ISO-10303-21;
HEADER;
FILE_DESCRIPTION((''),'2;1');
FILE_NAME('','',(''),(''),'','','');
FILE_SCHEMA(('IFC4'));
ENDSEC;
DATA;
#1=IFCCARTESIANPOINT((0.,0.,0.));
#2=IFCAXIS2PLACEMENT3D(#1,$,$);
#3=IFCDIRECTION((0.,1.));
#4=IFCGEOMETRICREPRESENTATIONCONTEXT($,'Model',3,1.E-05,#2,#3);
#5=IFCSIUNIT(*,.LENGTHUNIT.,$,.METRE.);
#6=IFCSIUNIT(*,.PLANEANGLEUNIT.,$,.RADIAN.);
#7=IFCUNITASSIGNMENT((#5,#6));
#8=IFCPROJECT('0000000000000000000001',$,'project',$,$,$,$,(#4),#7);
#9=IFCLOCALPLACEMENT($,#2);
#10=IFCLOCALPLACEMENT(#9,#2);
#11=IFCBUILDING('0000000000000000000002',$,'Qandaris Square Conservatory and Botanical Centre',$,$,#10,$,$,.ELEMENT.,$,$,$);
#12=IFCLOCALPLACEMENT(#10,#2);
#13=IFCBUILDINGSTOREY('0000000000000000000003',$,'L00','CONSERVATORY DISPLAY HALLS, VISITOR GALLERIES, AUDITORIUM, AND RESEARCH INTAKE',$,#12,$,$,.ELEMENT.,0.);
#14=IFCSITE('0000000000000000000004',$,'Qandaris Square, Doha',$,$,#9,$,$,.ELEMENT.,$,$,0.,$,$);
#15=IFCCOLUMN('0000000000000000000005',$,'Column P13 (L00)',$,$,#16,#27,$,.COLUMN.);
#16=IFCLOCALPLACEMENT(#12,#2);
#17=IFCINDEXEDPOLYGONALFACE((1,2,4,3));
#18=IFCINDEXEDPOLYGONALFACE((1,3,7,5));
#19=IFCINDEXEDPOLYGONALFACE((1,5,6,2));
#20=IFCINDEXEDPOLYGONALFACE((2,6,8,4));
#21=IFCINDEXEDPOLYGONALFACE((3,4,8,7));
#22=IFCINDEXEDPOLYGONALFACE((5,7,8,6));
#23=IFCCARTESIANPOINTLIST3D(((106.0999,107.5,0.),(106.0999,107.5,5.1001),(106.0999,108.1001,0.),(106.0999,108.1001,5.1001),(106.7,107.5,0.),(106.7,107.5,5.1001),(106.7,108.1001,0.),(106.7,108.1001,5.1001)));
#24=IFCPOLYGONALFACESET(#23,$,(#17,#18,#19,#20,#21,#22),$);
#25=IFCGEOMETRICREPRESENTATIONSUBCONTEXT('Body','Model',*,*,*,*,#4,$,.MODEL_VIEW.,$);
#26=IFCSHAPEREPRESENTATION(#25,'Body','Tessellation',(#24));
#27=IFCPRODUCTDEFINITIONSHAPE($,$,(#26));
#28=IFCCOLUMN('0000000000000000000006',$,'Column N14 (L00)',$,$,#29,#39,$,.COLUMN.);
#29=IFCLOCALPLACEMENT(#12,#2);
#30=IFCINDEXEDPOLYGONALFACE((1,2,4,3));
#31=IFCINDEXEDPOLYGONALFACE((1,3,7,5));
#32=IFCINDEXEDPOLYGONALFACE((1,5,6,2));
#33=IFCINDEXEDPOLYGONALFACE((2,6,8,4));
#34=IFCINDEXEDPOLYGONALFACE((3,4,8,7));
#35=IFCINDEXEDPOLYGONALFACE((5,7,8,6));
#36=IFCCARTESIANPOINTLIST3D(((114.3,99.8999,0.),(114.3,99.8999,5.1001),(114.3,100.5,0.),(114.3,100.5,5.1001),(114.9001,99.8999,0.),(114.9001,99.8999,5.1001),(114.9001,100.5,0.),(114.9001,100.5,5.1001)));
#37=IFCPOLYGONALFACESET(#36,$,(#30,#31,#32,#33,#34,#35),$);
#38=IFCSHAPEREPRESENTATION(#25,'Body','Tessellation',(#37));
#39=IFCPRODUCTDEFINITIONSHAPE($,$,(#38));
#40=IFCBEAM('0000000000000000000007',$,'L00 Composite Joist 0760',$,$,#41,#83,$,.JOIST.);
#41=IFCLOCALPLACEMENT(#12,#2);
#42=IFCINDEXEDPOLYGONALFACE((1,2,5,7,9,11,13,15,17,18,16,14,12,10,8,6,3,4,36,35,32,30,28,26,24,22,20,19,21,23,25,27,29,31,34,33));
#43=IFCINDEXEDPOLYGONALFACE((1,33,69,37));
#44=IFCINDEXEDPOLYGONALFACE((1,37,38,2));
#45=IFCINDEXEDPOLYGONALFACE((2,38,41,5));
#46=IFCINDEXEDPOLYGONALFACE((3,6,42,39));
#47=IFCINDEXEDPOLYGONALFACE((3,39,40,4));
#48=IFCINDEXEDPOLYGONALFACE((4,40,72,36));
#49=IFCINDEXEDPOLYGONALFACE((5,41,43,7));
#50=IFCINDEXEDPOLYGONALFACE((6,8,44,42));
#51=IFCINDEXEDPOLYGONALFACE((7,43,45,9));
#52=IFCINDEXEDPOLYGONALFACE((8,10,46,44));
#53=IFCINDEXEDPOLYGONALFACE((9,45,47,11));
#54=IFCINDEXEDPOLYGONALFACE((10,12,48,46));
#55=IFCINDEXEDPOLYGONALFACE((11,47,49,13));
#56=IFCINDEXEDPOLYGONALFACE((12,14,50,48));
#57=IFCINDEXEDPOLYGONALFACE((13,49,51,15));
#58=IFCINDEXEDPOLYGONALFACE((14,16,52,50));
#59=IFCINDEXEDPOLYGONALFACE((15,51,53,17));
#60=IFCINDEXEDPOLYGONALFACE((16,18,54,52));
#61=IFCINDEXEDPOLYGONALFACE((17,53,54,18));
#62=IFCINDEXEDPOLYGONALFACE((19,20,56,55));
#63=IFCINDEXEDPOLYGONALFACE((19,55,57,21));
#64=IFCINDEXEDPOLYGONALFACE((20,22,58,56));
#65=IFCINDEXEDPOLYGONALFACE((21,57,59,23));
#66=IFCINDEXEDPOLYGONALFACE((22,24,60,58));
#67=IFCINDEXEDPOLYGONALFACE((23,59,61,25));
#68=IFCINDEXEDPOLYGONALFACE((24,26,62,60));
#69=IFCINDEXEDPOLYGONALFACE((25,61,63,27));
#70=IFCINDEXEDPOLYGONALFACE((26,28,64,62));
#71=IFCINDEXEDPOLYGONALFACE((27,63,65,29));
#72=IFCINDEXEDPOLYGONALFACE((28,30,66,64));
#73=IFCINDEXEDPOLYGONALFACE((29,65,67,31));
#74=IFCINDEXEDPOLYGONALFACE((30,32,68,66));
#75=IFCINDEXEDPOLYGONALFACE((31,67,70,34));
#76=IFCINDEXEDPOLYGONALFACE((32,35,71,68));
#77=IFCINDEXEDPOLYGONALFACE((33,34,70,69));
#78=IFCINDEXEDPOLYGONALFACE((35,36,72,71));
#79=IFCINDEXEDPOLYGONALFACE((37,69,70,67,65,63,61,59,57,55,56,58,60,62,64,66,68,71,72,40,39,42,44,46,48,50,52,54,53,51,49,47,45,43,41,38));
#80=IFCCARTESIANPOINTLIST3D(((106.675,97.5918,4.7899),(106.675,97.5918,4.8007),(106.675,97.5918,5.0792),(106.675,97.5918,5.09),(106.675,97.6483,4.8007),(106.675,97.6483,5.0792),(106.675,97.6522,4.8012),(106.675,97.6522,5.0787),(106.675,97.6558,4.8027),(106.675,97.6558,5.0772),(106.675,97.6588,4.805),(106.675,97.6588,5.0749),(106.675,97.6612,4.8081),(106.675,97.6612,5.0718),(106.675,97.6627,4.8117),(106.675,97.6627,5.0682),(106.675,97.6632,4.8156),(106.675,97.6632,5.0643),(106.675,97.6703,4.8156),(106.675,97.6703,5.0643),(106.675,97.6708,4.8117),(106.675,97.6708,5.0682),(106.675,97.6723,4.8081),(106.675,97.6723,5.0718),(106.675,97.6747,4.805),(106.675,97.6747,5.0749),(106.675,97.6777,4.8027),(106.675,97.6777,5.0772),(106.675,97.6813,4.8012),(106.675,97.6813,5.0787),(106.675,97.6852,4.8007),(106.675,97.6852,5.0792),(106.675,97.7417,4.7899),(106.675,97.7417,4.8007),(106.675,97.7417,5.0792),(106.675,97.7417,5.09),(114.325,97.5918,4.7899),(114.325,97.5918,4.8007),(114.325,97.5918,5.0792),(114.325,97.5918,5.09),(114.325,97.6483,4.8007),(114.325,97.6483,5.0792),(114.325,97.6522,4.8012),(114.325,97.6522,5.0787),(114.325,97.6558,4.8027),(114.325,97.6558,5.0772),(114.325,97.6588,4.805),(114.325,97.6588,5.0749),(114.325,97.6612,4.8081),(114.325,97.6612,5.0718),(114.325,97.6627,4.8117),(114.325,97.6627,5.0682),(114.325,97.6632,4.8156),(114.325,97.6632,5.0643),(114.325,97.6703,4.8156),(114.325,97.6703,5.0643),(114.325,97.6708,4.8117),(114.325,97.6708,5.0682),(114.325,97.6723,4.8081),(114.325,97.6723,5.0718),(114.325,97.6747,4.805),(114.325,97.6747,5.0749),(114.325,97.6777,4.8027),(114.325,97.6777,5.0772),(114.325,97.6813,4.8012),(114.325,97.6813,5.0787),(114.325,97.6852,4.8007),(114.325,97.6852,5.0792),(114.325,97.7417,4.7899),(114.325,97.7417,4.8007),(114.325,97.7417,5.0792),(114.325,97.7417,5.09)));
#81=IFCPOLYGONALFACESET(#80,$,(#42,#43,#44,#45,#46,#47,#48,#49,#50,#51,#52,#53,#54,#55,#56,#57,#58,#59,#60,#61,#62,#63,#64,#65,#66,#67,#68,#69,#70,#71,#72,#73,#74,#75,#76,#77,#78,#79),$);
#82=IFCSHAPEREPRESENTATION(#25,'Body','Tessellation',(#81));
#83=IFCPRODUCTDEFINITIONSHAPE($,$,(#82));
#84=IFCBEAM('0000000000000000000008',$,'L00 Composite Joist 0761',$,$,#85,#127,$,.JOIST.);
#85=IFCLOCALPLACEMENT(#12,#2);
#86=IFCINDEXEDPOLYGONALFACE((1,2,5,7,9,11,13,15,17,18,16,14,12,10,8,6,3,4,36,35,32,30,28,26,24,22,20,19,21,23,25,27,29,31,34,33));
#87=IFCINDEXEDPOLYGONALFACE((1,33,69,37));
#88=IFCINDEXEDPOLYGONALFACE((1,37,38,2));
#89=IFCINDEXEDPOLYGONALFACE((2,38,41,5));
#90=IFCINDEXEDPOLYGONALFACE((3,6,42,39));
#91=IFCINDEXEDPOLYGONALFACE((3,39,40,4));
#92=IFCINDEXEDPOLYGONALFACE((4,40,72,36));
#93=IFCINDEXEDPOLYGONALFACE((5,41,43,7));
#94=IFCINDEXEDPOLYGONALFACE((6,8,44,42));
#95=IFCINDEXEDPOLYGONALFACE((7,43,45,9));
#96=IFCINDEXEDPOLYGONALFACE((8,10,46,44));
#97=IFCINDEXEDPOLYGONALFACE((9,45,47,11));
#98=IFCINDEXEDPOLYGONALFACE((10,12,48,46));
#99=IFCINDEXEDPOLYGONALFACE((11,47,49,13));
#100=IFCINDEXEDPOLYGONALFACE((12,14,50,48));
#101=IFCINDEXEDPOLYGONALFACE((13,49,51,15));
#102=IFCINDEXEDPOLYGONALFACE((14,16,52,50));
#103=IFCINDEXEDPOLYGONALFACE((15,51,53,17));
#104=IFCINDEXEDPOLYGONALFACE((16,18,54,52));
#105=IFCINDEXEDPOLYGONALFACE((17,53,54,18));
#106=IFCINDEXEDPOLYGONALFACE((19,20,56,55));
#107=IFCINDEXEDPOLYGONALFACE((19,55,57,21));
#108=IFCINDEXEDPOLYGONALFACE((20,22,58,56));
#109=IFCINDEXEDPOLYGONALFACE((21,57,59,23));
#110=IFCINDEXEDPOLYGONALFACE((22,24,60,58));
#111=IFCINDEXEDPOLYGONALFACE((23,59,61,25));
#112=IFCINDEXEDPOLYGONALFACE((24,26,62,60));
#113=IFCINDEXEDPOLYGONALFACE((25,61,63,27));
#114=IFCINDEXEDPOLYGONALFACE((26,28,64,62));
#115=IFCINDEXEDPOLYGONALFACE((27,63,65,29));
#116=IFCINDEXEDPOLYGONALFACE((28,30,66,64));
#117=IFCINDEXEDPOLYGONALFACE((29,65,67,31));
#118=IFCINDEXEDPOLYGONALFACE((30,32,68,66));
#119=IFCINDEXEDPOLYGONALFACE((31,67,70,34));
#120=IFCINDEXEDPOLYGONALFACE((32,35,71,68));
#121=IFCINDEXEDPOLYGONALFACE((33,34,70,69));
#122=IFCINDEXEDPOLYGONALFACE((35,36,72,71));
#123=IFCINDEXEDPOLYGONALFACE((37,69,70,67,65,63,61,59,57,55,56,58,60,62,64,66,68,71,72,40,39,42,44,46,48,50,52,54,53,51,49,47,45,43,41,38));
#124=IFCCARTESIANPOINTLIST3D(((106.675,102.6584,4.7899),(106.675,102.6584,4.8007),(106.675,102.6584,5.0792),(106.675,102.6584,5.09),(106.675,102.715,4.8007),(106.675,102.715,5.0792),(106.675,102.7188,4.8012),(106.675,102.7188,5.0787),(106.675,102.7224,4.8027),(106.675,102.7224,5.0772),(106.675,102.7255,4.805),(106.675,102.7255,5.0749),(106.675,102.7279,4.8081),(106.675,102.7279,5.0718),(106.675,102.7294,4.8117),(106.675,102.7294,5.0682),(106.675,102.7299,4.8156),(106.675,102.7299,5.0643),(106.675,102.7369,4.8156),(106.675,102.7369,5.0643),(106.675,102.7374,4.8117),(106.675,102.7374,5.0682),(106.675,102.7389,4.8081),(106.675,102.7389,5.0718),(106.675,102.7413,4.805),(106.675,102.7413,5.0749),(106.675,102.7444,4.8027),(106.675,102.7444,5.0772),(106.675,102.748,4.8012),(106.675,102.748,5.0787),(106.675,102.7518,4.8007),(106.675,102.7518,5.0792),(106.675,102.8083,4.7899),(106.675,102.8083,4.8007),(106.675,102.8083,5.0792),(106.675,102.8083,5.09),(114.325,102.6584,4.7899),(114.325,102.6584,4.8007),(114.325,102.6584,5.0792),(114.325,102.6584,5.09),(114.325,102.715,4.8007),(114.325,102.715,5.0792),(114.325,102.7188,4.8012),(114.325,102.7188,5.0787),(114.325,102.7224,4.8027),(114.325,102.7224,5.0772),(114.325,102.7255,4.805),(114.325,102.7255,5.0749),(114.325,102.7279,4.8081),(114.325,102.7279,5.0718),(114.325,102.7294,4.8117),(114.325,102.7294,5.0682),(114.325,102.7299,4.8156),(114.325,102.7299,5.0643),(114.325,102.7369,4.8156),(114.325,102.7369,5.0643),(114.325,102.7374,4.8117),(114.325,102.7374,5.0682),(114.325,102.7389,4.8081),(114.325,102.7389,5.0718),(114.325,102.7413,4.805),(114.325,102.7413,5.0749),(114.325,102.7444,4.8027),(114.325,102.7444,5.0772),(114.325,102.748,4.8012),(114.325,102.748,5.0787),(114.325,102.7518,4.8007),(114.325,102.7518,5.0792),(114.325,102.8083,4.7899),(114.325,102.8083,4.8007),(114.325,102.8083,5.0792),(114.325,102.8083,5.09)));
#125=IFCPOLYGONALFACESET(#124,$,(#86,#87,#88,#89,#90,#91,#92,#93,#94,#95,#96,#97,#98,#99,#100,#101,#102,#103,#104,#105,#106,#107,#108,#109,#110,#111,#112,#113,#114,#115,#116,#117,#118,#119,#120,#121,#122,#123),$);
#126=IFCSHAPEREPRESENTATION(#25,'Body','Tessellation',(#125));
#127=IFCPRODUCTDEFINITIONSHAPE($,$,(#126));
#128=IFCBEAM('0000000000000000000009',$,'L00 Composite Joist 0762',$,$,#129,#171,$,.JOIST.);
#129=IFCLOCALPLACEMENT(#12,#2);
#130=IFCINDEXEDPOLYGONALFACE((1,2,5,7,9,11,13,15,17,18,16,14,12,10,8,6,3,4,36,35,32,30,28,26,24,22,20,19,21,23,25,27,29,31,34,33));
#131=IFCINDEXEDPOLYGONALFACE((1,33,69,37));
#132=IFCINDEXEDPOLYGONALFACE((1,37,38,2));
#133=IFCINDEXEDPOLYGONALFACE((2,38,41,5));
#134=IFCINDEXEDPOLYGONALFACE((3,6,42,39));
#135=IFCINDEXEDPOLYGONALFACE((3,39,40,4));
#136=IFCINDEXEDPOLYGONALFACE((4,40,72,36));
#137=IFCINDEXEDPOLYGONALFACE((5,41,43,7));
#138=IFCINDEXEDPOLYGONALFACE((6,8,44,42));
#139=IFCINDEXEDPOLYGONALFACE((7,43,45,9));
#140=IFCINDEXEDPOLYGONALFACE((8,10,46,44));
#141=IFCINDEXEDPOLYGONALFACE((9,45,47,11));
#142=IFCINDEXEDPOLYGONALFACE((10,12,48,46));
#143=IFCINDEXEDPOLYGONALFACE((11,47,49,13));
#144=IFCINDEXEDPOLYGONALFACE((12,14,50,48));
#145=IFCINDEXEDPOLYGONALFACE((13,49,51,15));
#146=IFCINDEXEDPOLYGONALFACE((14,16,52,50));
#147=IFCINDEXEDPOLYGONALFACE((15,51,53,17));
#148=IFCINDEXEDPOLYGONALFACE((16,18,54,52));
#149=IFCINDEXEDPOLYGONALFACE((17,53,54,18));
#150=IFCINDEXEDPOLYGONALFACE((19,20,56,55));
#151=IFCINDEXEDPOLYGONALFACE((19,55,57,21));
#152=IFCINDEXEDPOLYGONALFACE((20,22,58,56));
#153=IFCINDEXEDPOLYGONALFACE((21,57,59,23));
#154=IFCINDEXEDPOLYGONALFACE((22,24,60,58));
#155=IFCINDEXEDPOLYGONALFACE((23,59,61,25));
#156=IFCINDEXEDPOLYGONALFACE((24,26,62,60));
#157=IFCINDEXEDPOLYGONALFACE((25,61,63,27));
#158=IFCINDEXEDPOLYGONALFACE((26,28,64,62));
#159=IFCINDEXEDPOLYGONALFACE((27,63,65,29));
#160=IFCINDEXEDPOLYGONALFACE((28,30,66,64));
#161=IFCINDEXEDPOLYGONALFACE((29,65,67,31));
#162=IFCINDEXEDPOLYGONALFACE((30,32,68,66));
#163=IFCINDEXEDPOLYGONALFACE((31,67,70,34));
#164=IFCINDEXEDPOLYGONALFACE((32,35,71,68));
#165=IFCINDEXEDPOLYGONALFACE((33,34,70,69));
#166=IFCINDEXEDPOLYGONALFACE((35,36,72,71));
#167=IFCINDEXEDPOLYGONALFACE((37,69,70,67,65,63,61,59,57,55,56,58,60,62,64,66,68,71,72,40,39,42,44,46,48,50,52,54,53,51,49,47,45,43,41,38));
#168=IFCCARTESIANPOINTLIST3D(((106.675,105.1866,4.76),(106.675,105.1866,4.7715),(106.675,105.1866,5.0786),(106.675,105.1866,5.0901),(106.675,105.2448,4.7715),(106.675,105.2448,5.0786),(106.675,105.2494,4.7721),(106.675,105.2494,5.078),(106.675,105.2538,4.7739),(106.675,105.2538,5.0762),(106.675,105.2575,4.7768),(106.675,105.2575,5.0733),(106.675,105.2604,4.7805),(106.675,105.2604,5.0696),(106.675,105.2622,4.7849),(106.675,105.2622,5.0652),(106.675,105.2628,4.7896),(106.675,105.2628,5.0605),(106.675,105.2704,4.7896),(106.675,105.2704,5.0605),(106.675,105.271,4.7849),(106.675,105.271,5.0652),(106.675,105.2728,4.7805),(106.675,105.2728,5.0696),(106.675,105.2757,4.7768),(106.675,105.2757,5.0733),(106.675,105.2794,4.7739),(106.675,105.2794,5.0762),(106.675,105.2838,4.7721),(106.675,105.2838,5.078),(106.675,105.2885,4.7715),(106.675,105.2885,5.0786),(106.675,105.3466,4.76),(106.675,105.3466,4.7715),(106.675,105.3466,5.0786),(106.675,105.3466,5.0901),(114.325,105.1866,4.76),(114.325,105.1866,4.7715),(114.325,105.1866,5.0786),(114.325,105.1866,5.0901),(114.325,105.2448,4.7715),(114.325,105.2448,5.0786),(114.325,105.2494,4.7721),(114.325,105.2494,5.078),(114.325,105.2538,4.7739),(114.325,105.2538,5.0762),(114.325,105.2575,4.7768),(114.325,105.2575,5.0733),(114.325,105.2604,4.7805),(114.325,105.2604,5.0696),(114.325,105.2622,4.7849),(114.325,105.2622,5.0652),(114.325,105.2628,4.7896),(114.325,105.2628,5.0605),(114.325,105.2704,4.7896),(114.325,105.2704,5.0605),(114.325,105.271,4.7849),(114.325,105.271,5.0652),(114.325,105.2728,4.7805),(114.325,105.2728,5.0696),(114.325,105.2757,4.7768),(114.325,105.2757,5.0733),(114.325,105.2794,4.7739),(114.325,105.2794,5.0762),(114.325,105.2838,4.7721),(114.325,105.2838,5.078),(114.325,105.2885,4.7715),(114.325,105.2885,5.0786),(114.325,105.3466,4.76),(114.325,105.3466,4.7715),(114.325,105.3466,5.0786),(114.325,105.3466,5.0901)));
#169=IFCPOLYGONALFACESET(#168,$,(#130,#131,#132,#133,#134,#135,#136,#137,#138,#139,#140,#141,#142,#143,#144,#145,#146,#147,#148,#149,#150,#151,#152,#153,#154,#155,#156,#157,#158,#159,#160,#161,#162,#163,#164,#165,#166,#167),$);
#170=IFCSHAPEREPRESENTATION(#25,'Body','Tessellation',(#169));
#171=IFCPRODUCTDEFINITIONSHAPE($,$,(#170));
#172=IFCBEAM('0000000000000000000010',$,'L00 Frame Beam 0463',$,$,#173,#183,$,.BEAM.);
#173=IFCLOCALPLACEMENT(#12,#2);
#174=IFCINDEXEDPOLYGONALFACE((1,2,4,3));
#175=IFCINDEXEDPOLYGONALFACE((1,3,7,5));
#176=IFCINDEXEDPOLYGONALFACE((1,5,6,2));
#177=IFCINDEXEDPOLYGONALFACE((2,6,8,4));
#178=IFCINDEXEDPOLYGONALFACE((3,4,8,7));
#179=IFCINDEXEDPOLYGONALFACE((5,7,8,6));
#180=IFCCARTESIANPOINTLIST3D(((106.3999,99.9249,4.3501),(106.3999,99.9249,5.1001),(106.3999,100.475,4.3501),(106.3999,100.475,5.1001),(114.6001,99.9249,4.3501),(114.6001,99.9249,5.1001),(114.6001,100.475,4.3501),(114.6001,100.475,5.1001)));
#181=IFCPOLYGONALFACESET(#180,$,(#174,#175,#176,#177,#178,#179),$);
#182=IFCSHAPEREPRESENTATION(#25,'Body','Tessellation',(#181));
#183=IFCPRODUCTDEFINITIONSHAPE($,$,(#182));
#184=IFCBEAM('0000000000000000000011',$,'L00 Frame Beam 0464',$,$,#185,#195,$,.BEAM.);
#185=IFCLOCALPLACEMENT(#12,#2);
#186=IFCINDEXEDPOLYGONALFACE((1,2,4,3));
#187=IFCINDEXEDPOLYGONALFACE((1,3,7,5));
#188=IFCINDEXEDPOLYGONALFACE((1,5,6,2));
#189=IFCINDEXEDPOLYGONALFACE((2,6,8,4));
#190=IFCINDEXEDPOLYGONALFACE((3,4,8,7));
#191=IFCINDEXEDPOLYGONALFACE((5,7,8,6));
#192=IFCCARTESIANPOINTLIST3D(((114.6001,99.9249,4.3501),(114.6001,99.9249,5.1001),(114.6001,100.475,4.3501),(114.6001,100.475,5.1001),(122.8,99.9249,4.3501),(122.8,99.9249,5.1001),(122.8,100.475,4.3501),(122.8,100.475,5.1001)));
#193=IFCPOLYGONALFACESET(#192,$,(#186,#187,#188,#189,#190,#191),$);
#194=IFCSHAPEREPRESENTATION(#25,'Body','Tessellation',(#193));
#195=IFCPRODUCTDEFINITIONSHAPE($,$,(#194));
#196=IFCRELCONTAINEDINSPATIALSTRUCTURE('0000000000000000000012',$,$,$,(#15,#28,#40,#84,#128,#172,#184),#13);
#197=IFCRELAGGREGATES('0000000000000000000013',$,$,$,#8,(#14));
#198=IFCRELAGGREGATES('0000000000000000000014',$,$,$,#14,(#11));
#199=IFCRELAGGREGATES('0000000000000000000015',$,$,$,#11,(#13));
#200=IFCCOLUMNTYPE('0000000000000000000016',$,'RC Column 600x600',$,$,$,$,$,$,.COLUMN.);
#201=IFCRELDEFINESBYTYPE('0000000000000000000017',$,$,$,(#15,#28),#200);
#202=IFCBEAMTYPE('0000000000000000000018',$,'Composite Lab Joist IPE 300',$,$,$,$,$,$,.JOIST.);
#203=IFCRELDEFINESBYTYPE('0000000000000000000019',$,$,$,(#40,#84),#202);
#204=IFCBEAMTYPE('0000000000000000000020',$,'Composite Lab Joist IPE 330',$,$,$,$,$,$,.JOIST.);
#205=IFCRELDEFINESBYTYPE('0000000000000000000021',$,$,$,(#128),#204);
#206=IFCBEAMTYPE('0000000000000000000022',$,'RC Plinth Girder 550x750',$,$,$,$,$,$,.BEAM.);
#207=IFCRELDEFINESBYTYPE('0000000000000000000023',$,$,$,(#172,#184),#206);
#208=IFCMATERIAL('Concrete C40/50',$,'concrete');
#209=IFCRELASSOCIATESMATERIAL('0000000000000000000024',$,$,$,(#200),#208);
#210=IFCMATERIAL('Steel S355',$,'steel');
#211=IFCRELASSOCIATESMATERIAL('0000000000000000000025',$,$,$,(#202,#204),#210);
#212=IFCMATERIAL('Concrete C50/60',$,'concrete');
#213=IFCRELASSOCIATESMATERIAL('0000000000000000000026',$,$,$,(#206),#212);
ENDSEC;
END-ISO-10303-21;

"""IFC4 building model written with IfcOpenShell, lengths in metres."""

from ifc_helpers import new_model, si_unit, direction, frame, origin, origin_2d, place, context, subcontext, project, spatial, rectangle, i_section, extrude, material, material_profile, profile_set, type_object, element, save


model = new_model("IFC4")

# Units and contexts
model_context = context("Model", 3, precision=1e-05, world=origin(), true_north=direction((0.0, 1.0)))
body_context = subcontext(model_context, "Body", "Model", "MODEL_VIEW")
ifc_project = project(units=[si_unit("LENGTHUNIT", "METRE"), si_unit("PLANEANGLEUNIT", "RADIAN")], contexts=[model_context])

# Site, building, storey
site_placement = place(None, origin())
site = spatial("IfcSite", under=ifc_project, at=site_placement, Name="Qandaris Square, Doha", CompositionType="ELEMENT", RefElevation=0.0)
building_placement = place(site_placement, origin())
building = spatial("IfcBuilding", under=site, at=building_placement, Name="Qandaris Square Conservatory and Botanical Centre", CompositionType="ELEMENT")
storey_placement = place(building_placement, origin())
storey = spatial("IfcBuildingStorey", under=building, at=storey_placement, Name="L00", Description="CONSERVATORY DISPLAY HALLS, VISITOR GALLERIES, AUDITORIUM, AND RESEARCH INTAKE", CompositionType="ELEMENT", Elevation=0.0)

# Shared definitions
ifc_material_1 = material(Name="Concrete C50/60", Category="concrete")

# Shared definitions
ifc_material_2 = material(Name="Concrete C40/50", Category="concrete")

# Columns
ifc_material_profile_1 = material_profile(ifc_material_2, rectangle(XDim=0.6001, YDim=0.6001, at=origin_2d()), Name="RC-COL 600x600")
ifc_profile_set_1 = profile_set([ifc_material_profile_1], Name="Concrete C40/50")
column_type = type_object("IfcColumnType", Name="RC Column 600x600", PredefinedType="COLUMN", material=ifc_profile_set_1)
for number, where, z_axis, x_axis, name in (
    (1, (106.3999, 107.8, 0.0), (0.0, 0.0, 1.0), (1.0, 0.0, 0.0), "Column P13 (L00)"),
    (2, (114.6001, 100.2, 0.0), (0.0, 0.0, 1.0), (1.0, 0.0, 0.0), "Column N14 (L00)"),
):
    element("IfcColumn", number, at=place(storey_placement, frame(where, z_axis=z_axis, x_axis=x_axis)), inside=storey, type_object=column_type, Name=name, PredefinedType="COLUMN", context=body_context, shape_type="SweptSolid", body=[
        extrude(rectangle(XDim=0.6001, YDim=0.6001, at=origin_2d()), origin(), (0.0, 0.0, 1.0), 5.1001),
    ])

# Beams
ifc_material_3 = material(Name="Steel S355", Category="steel")
ifc_material_profile_2 = material_profile(ifc_material_3, i_section(OverallWidth=0.1499, OverallDepth=0.3, WebThickness=0.0071, FlangeThickness=0.0107, FilletRadius=0.0149, at=origin_2d()), Name="IPE 300")
ifc_profile_set_2 = profile_set([ifc_material_profile_2], Name="Steel S355")
beam_type_1 = type_object("IfcBeamType", Name="Composite Lab Joist IPE 300", PredefinedType="JOIST", material=ifc_profile_set_2)
for number, where, z_axis, x_axis, name in (
    (3, (106.675, 97.6667, 4.9399), (1.0, 0.0, 0.0), (0.0, 1.0, 0.0), "L00 Composite Joist 0760"),
    (4, (106.675, 102.7334, 4.9399), (1.0, 0.0, 0.0), (0.0, 1.0, 0.0), "L00 Composite Joist 0761"),
):
    element("IfcBeam", number, at=place(storey_placement, frame(where, z_axis=z_axis, x_axis=x_axis)), inside=storey, type_object=beam_type_1, Name=name, PredefinedType="JOIST", context=body_context, shape_type="SweptSolid", body=[
        extrude(i_section(OverallWidth=0.1499, OverallDepth=0.3, WebThickness=0.0071, FlangeThickness=0.0107, FilletRadius=0.0149, at=origin_2d()), origin(), (0.0, 0.0, 1.0), 7.6499),
    ])
ifc_material_profile_3 = material_profile(ifc_material_3, i_section(OverallWidth=0.1599, OverallDepth=0.3301, WebThickness=0.0076, FlangeThickness=0.0115, FilletRadius=0.0181, at=origin_2d()), Name="IPE 330")
ifc_profile_set_3 = profile_set([ifc_material_profile_3], Name="Steel S355")
beam_type_2 = type_object("IfcBeamType", Name="Composite Lab Joist IPE 330", PredefinedType="JOIST", material=ifc_profile_set_3)
beam_1_placement = place(storey_placement, frame((106.675, 105.2666, 4.925), z_axis=(1.0, 0.0, 0.0), x_axis=(0.0, 1.0, 0.0)))
element("IfcBeam", 5, at=beam_1_placement, inside=storey, type_object=beam_type_2, Name="L00 Composite Joist 0762", PredefinedType="JOIST", context=body_context, shape_type="SweptSolid", body=[
    extrude(i_section(OverallWidth=0.1599, OverallDepth=0.3301, WebThickness=0.0076, FlangeThickness=0.0115, FilletRadius=0.0181, at=origin_2d()), origin(), (0.0, 0.0, 1.0), 7.6499),
])
ifc_material_profile_4 = material_profile(ifc_material_1, rectangle(XDim=0.55, YDim=0.75, at=origin_2d()), Name="RC-BM 550x750")
ifc_profile_set_4 = profile_set([ifc_material_profile_4], Name="Concrete C50/60")
beam_type_3 = type_object("IfcBeamType", Name="RC Plinth Girder 550x750", PredefinedType="BEAM", material=ifc_profile_set_4)
beam_2_placement = place(storey_placement, frame((106.3999, 100.2, 4.7251), z_axis=(1.0, 0.0, 0.0), x_axis=(0.0, 1.0, 0.0)))
element("IfcBeam", 6, at=beam_2_placement, inside=storey, type_object=beam_type_3, Name="L00 Frame Beam 0463", PredefinedType="BEAM", context=body_context, shape_type="SweptSolid", body=[
    extrude(rectangle(XDim=0.55, YDim=0.75, at=origin_2d()), origin(), (0.0, 0.0, 1.0), 8.2002),
])
beam_3_placement = place(storey_placement, frame((114.6001, 100.2, 4.7251), z_axis=(1.0, 0.0, 0.0), x_axis=(0.0, 1.0, 0.0)))
element("IfcBeam", 7, at=beam_3_placement, inside=storey, type_object=beam_type_3, Name="L00 Frame Beam 0464", PredefinedType="BEAM", context=body_context, shape_type="SweptSolid", body=[
    extrude(rectangle(XDim=0.55, YDim=0.75, at=origin_2d()), origin(), (0.0, 0.0, 1.0), 8.2),
])

save(model, "model.ifc")
